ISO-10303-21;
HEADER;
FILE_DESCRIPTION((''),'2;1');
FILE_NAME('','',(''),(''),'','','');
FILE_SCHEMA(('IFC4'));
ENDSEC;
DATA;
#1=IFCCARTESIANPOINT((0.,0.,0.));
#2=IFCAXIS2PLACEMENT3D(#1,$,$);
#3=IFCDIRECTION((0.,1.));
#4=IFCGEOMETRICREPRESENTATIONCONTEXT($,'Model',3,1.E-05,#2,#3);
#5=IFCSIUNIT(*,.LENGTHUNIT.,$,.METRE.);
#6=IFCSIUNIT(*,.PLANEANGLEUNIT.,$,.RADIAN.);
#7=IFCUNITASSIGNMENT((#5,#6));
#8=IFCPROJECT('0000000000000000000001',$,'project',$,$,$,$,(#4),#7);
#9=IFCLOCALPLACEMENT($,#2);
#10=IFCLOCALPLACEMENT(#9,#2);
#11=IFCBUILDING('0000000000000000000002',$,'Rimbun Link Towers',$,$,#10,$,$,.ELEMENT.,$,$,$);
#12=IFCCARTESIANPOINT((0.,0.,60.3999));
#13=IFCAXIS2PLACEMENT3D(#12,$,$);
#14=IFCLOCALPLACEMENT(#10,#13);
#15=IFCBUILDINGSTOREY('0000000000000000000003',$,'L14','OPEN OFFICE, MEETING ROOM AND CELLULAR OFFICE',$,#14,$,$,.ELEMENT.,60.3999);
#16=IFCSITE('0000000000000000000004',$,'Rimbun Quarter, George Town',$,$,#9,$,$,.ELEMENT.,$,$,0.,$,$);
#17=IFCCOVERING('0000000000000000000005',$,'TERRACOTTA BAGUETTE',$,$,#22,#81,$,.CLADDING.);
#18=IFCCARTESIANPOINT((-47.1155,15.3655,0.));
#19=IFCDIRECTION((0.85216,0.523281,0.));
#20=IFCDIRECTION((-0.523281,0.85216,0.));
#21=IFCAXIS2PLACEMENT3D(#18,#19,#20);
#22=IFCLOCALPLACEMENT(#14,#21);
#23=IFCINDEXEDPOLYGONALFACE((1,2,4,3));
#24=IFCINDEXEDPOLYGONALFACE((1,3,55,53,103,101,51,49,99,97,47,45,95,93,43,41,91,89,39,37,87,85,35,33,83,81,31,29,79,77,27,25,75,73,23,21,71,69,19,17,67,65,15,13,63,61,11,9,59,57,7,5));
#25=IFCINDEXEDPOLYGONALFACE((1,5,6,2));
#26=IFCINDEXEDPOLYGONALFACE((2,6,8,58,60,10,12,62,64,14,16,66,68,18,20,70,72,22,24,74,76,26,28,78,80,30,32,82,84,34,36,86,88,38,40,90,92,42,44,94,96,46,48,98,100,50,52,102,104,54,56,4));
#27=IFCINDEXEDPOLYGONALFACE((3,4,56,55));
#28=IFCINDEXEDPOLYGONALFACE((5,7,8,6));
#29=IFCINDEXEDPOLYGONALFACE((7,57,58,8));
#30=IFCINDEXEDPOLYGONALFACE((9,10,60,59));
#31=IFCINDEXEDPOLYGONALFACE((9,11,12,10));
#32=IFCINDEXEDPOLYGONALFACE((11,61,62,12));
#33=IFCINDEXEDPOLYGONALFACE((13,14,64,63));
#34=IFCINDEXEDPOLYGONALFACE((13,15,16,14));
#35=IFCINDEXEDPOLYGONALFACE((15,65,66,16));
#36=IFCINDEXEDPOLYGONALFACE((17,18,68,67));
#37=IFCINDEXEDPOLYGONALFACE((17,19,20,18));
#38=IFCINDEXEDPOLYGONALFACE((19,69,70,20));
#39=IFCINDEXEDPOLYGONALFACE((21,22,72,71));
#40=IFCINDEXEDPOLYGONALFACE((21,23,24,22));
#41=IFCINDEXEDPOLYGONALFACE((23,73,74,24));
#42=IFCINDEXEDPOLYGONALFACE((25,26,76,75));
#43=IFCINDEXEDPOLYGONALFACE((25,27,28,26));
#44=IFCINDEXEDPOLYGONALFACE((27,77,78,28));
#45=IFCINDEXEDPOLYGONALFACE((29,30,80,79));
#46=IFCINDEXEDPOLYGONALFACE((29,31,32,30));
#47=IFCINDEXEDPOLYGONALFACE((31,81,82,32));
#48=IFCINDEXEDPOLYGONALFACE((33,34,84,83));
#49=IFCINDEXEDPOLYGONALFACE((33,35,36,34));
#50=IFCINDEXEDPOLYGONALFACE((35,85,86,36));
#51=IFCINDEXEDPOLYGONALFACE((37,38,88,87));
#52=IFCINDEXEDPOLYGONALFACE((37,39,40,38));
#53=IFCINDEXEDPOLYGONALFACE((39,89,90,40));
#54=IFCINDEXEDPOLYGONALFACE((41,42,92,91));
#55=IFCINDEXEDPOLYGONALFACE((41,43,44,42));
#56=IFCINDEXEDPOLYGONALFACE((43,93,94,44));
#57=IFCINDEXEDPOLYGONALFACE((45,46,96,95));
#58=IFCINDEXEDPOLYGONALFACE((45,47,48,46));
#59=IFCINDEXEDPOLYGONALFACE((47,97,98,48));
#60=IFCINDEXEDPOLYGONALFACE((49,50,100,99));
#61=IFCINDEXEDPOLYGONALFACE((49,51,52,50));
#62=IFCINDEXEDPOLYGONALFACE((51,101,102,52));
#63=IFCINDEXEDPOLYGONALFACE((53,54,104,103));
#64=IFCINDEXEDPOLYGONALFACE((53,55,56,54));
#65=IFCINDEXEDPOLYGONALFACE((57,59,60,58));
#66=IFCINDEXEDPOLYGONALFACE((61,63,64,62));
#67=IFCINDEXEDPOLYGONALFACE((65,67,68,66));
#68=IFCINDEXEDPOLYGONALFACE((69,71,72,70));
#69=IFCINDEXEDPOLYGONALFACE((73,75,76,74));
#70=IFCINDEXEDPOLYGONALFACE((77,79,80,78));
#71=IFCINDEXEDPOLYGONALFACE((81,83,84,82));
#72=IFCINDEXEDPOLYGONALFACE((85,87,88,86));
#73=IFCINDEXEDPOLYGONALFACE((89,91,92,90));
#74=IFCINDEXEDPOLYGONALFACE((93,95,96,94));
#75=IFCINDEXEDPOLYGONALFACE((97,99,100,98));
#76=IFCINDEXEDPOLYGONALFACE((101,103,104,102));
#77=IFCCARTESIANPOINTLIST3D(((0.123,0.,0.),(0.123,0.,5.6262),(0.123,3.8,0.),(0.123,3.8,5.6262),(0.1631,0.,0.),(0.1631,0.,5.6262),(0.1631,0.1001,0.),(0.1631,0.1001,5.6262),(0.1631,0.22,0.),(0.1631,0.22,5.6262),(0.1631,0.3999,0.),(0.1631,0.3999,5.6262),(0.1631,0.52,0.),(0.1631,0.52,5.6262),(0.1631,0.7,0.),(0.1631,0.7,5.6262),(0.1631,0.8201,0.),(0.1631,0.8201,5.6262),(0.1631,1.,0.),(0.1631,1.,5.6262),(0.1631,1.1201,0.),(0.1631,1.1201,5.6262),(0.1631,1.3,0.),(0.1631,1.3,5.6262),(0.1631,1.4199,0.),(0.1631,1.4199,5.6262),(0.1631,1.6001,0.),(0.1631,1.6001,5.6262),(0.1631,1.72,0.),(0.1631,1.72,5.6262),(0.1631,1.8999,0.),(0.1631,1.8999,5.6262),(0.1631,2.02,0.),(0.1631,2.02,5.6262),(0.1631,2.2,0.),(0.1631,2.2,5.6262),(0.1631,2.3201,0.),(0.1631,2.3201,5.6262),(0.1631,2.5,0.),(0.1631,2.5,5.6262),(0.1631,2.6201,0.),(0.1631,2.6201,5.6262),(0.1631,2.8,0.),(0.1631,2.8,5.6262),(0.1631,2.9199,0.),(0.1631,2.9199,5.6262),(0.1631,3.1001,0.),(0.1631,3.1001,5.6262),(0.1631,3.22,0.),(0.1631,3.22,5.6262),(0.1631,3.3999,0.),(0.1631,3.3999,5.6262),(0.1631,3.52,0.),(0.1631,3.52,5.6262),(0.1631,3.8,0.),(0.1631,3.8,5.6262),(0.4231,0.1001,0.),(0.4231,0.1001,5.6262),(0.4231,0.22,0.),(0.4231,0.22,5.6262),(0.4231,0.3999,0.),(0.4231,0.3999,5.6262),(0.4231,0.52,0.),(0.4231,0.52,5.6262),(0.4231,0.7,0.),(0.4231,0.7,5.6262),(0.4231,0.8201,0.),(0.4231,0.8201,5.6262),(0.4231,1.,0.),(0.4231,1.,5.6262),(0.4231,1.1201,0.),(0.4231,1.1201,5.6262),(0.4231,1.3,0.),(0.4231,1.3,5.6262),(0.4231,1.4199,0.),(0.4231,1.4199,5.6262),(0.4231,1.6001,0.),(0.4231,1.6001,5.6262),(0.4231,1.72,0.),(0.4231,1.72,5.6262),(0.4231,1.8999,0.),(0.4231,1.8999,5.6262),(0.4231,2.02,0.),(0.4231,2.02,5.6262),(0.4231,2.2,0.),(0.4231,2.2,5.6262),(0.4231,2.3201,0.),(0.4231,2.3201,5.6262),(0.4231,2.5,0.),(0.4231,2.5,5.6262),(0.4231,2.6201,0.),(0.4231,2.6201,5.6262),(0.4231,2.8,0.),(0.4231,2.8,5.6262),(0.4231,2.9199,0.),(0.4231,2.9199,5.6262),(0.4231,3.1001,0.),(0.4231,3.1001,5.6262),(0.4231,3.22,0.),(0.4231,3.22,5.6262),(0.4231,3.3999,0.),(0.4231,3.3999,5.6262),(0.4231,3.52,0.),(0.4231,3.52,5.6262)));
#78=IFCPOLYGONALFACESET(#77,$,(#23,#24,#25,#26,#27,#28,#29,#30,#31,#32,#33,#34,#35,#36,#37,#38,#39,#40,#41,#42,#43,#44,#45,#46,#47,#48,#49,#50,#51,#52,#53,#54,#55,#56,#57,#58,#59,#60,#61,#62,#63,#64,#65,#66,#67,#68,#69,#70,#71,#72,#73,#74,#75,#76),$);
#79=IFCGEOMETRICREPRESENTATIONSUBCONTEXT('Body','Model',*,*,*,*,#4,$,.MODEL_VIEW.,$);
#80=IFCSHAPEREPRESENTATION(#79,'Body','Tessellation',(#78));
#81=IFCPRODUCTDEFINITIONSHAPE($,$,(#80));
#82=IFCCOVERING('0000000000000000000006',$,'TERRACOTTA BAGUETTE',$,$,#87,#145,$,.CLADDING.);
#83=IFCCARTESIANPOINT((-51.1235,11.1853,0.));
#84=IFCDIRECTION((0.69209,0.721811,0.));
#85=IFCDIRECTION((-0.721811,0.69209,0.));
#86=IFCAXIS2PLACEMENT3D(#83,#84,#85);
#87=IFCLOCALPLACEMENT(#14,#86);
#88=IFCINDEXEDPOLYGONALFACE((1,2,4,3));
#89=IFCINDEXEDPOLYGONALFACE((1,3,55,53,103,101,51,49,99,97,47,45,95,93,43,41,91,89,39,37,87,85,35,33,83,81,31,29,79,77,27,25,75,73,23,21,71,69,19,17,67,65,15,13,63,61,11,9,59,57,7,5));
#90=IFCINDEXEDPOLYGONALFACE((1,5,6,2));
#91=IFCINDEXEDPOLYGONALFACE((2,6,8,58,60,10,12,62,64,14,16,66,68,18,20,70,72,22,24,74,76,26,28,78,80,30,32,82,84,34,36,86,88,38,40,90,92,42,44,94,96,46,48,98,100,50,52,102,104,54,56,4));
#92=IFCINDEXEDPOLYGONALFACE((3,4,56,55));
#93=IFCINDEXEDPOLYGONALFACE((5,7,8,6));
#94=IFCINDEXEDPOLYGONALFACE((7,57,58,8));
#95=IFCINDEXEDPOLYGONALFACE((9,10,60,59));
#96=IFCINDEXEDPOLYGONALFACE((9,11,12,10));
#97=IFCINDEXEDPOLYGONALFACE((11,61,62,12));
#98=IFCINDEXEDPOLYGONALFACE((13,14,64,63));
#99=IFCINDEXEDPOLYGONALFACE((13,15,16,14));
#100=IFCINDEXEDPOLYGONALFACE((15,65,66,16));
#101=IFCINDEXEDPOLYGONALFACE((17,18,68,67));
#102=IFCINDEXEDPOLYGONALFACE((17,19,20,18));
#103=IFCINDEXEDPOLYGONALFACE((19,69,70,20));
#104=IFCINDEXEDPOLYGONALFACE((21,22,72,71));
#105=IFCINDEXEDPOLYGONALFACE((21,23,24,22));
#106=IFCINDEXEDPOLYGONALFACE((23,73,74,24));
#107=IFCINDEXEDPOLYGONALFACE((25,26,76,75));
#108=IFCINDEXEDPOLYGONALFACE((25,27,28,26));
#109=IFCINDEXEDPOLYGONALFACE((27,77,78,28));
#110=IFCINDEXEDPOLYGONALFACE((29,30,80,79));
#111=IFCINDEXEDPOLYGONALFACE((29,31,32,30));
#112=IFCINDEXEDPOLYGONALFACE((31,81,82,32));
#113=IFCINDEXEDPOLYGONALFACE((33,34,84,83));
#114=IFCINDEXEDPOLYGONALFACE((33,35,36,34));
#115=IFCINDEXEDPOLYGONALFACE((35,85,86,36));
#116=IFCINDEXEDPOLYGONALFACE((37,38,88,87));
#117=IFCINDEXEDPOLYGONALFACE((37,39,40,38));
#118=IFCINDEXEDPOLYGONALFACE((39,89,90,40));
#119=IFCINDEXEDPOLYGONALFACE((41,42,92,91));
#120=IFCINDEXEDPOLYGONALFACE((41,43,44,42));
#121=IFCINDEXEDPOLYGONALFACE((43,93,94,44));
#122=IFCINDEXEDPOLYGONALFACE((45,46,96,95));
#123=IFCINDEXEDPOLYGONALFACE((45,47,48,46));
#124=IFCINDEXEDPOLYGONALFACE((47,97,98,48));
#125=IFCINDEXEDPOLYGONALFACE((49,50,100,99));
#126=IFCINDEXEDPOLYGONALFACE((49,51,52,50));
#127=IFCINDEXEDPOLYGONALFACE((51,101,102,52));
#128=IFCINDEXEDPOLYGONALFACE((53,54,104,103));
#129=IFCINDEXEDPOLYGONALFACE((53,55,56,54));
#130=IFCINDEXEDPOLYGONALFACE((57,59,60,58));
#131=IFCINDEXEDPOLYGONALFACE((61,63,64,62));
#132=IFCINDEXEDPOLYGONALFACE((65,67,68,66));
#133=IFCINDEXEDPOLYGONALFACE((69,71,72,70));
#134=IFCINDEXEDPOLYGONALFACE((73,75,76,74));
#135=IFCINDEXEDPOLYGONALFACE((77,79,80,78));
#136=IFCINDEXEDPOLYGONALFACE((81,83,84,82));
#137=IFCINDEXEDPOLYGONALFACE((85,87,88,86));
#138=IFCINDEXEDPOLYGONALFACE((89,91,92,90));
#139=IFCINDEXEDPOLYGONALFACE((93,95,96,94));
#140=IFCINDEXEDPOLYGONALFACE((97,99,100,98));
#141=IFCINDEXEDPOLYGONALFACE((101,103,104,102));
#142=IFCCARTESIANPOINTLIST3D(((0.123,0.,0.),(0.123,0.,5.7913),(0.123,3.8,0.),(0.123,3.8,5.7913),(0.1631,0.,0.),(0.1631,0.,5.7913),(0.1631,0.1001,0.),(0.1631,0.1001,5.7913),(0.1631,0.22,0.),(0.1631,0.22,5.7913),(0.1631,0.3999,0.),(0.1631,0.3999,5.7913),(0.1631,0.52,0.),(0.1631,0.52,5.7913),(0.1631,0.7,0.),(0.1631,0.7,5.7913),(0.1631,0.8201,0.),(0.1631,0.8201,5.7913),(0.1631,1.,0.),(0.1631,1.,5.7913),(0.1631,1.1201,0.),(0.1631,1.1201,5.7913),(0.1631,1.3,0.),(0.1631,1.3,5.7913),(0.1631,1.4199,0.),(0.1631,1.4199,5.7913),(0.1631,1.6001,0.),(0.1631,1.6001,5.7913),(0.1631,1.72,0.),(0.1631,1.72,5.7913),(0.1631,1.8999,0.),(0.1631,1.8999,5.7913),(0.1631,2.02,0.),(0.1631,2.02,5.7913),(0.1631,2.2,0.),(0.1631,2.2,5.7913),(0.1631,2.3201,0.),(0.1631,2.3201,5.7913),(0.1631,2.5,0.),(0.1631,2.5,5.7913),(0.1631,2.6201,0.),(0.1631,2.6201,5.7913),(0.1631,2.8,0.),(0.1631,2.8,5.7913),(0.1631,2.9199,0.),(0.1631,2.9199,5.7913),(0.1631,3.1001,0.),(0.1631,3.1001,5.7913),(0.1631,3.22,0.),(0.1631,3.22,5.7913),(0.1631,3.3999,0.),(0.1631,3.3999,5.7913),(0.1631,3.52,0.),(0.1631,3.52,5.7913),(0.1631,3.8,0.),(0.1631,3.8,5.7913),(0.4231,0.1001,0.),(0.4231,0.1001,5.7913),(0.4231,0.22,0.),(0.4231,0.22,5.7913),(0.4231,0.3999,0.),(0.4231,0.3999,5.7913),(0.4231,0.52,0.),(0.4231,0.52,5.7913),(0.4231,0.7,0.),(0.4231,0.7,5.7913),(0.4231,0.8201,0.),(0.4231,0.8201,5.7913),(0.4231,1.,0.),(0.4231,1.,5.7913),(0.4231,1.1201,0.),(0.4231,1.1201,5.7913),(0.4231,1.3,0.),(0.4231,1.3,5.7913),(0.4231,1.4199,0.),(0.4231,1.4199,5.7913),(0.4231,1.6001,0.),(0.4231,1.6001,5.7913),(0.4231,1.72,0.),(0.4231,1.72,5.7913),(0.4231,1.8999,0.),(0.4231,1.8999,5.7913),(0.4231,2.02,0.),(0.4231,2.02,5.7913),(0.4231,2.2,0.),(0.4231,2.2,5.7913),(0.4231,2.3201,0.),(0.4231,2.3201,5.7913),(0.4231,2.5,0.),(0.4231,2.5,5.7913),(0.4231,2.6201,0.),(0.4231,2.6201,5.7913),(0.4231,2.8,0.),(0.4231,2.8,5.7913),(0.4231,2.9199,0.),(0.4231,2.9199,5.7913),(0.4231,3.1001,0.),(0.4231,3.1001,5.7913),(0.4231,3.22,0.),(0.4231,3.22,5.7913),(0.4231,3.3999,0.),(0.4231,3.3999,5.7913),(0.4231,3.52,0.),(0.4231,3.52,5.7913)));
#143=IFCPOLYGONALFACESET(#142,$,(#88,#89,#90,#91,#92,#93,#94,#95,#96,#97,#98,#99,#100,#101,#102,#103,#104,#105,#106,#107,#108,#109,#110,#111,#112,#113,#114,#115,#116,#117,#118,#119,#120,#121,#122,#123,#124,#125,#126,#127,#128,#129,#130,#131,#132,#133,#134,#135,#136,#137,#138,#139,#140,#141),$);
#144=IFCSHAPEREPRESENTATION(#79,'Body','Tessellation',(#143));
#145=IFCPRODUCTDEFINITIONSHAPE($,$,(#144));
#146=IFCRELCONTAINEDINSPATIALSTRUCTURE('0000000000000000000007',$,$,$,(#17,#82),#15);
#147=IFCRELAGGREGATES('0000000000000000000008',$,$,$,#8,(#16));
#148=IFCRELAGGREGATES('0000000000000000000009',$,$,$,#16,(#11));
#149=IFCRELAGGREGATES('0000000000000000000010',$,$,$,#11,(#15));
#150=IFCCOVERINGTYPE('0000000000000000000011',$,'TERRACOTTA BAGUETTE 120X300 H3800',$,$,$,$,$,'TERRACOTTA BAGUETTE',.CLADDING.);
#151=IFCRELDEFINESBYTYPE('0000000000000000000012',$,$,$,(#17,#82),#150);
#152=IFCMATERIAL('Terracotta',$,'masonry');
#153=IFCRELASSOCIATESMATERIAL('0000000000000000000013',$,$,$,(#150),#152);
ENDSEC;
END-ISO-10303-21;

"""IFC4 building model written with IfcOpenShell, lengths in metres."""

from ifc_helpers import new_model, si_unit, direction, frame, origin, place, context, subcontext, project, spatial, polyline, outline, extrude, material, material_profile, profile_set, type_object, element, save


model = new_model("IFC4")

# Units and contexts
model_context = context("Model", 3, precision=1e-05, world=origin(), true_north=direction((0.0, 1.0)))
body_context = subcontext(model_context, "Body", "Model", "MODEL_VIEW")
ifc_project = project(units=[si_unit("LENGTHUNIT", "METRE"), si_unit("PLANEANGLEUNIT", "RADIAN")], contexts=[model_context])

# Site, building, storey
site_placement = place(None, origin())
site = spatial("IfcSite", under=ifc_project, at=site_placement, Name="Rimbun Quarter, George Town", CompositionType="ELEMENT", RefElevation=0.0)
building_placement = place(site_placement, origin())
building = spatial("IfcBuilding", under=site, at=building_placement, Name="Rimbun Link Towers", CompositionType="ELEMENT")
storey_placement = place(building_placement, frame((0.0, 0.0, 60.3999)))
storey = spatial("IfcBuildingStorey", under=building, at=storey_placement, Name="L14", Description="OPEN OFFICE, MEETING ROOM AND CELLULAR OFFICE", CompositionType="ELEMENT", Elevation=60.3999)

# Coverings
ifc_material_1 = material(Name="Terracotta", Category="masonry")
ifc_material_profile_1 = material_profile(ifc_material_1, outline(polyline([(0.123, 0.0), (0.1631, 0.0), (0.1631, 0.1001), (0.4231, 0.1001), (0.4231, 0.22), (0.1631, 0.22), (0.1631, 0.3999), (0.4231, 0.3999), (0.4231, 0.52), (0.1631, 0.52), (0.1631, 0.7), (0.4231, 0.7), (0.4231, 0.8201), (0.1631, 0.8201), (0.1631, 1.0), (0.4231, 1.0), (0.4231, 1.1201), (0.1631, 1.1201), (0.1631, 1.3), (0.4231, 1.3), (0.4231, 1.4199), (0.1631, 1.4199), (0.1631, 1.6001), (0.4231, 1.6001), (0.4231, 1.72), (0.1631, 1.72), (0.1631, 1.8999), (0.4231, 1.8999), (0.4231, 2.02), (0.1631, 2.02), (0.1631, 2.2), (0.4231, 2.2), (0.4231, 2.3201), (0.1631, 2.3201), (0.1631, 2.5), (0.4231, 2.5), (0.4231, 2.6201), (0.1631, 2.6201), (0.1631, 2.8), (0.4231, 2.8), (0.4231, 2.9199), (0.1631, 2.9199), (0.1631, 3.1001), (0.4231, 3.1001), (0.4231, 3.22), (0.1631, 3.22), (0.1631, 3.3999), (0.4231, 3.3999), (0.4231, 3.52), (0.1631, 3.52), (0.1631, 3.8), (0.123, 3.8), (0.123, 0.0)])), Name="BAGUETTE 120X300")
ifc_profile_set_1 = profile_set([ifc_material_profile_1], Name="Terracotta")
covering_type = type_object("IfcCoveringType", Name="TERRACOTTA BAGUETTE 120X300 H3800", ElementType="TERRACOTTA BAGUETTE", PredefinedType="CLADDING", material=ifc_profile_set_1)
covering_1_placement = place(storey_placement, frame((-47.1155, 15.3655, 0.0), z_axis=(0.85216, 0.523281, 0.0), x_axis=(-0.523281, 0.85216, 0.0)))
element("IfcCovering", 1, at=covering_1_placement, inside=storey, type_object=covering_type, Name="TERRACOTTA BAGUETTE", PredefinedType="CLADDING", context=body_context, shape_type="SweptSolid", body=[
    extrude(outline(polyline([(0.123, 0.0), (0.1631, 0.0), (0.1631, 0.1001), (0.4231, 0.1001), (0.4231, 0.22), (0.1631, 0.22), (0.1631, 0.3999), (0.4231, 0.3999), (0.4231, 0.52), (0.1631, 0.52), (0.1631, 0.7), (0.4231, 0.7), (0.4231, 0.8201), (0.1631, 0.8201), (0.1631, 1.0), (0.4231, 1.0), (0.4231, 1.1201), (0.1631, 1.1201), (0.1631, 1.3), (0.4231, 1.3), (0.4231, 1.4199), (0.1631, 1.4199), (0.1631, 1.6001), (0.4231, 1.6001), (0.4231, 1.72), (0.1631, 1.72), (0.1631, 1.8999), (0.4231, 1.8999), (0.4231, 2.02), (0.1631, 2.02), (0.1631, 2.2), (0.4231, 2.2), (0.4231, 2.3201), (0.1631, 2.3201), (0.1631, 2.5), (0.4231, 2.5), (0.4231, 2.6201), (0.1631, 2.6201), (0.1631, 2.8), (0.4231, 2.8), (0.4231, 2.9199), (0.1631, 2.9199), (0.1631, 3.1001), (0.4231, 3.1001), (0.4231, 3.22), (0.1631, 3.22), (0.1631, 3.3999), (0.4231, 3.3999), (0.4231, 3.52), (0.1631, 3.52), (0.1631, 3.8), (0.123, 3.8), (0.123, 0.0)])), origin(), (0.0, 0.0, 1.0), 5.6262),
])
covering_2_placement = place(storey_placement, frame((-51.1235, 11.1853, 0.0), z_axis=(0.69209, 0.721811, 0.0), x_axis=(-0.721811, 0.69209, 0.0)))
element("IfcCovering", 2, at=covering_2_placement, inside=storey, type_object=covering_type, Name="TERRACOTTA BAGUETTE", PredefinedType="CLADDING", context=body_context, shape_type="SweptSolid", body=[
    extrude(outline(polyline([(0.123, 0.0), (0.1631, 0.0), (0.1631, 0.1001), (0.4231, 0.1001), (0.4231, 0.22), (0.1631, 0.22), (0.1631, 0.3999), (0.4231, 0.3999), (0.4231, 0.52), (0.1631, 0.52), (0.1631, 0.7), (0.4231, 0.7), (0.4231, 0.8201), (0.1631, 0.8201), (0.1631, 1.0), (0.4231, 1.0), (0.4231, 1.1201), (0.1631, 1.1201), (0.1631, 1.3), (0.4231, 1.3), (0.4231, 1.4199), (0.1631, 1.4199), (0.1631, 1.6001), (0.4231, 1.6001), (0.4231, 1.72), (0.1631, 1.72), (0.1631, 1.8999), (0.4231, 1.8999), (0.4231, 2.02), (0.1631, 2.02), (0.1631, 2.2), (0.4231, 2.2), (0.4231, 2.3201), (0.1631, 2.3201), (0.1631, 2.5), (0.4231, 2.5), (0.4231, 2.6201), (0.1631, 2.6201), (0.1631, 2.8), (0.4231, 2.8), (0.4231, 2.9199), (0.1631, 2.9199), (0.1631, 3.1001), (0.4231, 3.1001), (0.4231, 3.22), (0.1631, 3.22), (0.1631, 3.3999), (0.4231, 3.3999), (0.4231, 3.52), (0.1631, 3.52), (0.1631, 3.8), (0.123, 3.8), (0.123, 0.0)])), origin(), (0.0, 0.0, 1.0), 5.7913),
])

save(model, "model.ifc")
